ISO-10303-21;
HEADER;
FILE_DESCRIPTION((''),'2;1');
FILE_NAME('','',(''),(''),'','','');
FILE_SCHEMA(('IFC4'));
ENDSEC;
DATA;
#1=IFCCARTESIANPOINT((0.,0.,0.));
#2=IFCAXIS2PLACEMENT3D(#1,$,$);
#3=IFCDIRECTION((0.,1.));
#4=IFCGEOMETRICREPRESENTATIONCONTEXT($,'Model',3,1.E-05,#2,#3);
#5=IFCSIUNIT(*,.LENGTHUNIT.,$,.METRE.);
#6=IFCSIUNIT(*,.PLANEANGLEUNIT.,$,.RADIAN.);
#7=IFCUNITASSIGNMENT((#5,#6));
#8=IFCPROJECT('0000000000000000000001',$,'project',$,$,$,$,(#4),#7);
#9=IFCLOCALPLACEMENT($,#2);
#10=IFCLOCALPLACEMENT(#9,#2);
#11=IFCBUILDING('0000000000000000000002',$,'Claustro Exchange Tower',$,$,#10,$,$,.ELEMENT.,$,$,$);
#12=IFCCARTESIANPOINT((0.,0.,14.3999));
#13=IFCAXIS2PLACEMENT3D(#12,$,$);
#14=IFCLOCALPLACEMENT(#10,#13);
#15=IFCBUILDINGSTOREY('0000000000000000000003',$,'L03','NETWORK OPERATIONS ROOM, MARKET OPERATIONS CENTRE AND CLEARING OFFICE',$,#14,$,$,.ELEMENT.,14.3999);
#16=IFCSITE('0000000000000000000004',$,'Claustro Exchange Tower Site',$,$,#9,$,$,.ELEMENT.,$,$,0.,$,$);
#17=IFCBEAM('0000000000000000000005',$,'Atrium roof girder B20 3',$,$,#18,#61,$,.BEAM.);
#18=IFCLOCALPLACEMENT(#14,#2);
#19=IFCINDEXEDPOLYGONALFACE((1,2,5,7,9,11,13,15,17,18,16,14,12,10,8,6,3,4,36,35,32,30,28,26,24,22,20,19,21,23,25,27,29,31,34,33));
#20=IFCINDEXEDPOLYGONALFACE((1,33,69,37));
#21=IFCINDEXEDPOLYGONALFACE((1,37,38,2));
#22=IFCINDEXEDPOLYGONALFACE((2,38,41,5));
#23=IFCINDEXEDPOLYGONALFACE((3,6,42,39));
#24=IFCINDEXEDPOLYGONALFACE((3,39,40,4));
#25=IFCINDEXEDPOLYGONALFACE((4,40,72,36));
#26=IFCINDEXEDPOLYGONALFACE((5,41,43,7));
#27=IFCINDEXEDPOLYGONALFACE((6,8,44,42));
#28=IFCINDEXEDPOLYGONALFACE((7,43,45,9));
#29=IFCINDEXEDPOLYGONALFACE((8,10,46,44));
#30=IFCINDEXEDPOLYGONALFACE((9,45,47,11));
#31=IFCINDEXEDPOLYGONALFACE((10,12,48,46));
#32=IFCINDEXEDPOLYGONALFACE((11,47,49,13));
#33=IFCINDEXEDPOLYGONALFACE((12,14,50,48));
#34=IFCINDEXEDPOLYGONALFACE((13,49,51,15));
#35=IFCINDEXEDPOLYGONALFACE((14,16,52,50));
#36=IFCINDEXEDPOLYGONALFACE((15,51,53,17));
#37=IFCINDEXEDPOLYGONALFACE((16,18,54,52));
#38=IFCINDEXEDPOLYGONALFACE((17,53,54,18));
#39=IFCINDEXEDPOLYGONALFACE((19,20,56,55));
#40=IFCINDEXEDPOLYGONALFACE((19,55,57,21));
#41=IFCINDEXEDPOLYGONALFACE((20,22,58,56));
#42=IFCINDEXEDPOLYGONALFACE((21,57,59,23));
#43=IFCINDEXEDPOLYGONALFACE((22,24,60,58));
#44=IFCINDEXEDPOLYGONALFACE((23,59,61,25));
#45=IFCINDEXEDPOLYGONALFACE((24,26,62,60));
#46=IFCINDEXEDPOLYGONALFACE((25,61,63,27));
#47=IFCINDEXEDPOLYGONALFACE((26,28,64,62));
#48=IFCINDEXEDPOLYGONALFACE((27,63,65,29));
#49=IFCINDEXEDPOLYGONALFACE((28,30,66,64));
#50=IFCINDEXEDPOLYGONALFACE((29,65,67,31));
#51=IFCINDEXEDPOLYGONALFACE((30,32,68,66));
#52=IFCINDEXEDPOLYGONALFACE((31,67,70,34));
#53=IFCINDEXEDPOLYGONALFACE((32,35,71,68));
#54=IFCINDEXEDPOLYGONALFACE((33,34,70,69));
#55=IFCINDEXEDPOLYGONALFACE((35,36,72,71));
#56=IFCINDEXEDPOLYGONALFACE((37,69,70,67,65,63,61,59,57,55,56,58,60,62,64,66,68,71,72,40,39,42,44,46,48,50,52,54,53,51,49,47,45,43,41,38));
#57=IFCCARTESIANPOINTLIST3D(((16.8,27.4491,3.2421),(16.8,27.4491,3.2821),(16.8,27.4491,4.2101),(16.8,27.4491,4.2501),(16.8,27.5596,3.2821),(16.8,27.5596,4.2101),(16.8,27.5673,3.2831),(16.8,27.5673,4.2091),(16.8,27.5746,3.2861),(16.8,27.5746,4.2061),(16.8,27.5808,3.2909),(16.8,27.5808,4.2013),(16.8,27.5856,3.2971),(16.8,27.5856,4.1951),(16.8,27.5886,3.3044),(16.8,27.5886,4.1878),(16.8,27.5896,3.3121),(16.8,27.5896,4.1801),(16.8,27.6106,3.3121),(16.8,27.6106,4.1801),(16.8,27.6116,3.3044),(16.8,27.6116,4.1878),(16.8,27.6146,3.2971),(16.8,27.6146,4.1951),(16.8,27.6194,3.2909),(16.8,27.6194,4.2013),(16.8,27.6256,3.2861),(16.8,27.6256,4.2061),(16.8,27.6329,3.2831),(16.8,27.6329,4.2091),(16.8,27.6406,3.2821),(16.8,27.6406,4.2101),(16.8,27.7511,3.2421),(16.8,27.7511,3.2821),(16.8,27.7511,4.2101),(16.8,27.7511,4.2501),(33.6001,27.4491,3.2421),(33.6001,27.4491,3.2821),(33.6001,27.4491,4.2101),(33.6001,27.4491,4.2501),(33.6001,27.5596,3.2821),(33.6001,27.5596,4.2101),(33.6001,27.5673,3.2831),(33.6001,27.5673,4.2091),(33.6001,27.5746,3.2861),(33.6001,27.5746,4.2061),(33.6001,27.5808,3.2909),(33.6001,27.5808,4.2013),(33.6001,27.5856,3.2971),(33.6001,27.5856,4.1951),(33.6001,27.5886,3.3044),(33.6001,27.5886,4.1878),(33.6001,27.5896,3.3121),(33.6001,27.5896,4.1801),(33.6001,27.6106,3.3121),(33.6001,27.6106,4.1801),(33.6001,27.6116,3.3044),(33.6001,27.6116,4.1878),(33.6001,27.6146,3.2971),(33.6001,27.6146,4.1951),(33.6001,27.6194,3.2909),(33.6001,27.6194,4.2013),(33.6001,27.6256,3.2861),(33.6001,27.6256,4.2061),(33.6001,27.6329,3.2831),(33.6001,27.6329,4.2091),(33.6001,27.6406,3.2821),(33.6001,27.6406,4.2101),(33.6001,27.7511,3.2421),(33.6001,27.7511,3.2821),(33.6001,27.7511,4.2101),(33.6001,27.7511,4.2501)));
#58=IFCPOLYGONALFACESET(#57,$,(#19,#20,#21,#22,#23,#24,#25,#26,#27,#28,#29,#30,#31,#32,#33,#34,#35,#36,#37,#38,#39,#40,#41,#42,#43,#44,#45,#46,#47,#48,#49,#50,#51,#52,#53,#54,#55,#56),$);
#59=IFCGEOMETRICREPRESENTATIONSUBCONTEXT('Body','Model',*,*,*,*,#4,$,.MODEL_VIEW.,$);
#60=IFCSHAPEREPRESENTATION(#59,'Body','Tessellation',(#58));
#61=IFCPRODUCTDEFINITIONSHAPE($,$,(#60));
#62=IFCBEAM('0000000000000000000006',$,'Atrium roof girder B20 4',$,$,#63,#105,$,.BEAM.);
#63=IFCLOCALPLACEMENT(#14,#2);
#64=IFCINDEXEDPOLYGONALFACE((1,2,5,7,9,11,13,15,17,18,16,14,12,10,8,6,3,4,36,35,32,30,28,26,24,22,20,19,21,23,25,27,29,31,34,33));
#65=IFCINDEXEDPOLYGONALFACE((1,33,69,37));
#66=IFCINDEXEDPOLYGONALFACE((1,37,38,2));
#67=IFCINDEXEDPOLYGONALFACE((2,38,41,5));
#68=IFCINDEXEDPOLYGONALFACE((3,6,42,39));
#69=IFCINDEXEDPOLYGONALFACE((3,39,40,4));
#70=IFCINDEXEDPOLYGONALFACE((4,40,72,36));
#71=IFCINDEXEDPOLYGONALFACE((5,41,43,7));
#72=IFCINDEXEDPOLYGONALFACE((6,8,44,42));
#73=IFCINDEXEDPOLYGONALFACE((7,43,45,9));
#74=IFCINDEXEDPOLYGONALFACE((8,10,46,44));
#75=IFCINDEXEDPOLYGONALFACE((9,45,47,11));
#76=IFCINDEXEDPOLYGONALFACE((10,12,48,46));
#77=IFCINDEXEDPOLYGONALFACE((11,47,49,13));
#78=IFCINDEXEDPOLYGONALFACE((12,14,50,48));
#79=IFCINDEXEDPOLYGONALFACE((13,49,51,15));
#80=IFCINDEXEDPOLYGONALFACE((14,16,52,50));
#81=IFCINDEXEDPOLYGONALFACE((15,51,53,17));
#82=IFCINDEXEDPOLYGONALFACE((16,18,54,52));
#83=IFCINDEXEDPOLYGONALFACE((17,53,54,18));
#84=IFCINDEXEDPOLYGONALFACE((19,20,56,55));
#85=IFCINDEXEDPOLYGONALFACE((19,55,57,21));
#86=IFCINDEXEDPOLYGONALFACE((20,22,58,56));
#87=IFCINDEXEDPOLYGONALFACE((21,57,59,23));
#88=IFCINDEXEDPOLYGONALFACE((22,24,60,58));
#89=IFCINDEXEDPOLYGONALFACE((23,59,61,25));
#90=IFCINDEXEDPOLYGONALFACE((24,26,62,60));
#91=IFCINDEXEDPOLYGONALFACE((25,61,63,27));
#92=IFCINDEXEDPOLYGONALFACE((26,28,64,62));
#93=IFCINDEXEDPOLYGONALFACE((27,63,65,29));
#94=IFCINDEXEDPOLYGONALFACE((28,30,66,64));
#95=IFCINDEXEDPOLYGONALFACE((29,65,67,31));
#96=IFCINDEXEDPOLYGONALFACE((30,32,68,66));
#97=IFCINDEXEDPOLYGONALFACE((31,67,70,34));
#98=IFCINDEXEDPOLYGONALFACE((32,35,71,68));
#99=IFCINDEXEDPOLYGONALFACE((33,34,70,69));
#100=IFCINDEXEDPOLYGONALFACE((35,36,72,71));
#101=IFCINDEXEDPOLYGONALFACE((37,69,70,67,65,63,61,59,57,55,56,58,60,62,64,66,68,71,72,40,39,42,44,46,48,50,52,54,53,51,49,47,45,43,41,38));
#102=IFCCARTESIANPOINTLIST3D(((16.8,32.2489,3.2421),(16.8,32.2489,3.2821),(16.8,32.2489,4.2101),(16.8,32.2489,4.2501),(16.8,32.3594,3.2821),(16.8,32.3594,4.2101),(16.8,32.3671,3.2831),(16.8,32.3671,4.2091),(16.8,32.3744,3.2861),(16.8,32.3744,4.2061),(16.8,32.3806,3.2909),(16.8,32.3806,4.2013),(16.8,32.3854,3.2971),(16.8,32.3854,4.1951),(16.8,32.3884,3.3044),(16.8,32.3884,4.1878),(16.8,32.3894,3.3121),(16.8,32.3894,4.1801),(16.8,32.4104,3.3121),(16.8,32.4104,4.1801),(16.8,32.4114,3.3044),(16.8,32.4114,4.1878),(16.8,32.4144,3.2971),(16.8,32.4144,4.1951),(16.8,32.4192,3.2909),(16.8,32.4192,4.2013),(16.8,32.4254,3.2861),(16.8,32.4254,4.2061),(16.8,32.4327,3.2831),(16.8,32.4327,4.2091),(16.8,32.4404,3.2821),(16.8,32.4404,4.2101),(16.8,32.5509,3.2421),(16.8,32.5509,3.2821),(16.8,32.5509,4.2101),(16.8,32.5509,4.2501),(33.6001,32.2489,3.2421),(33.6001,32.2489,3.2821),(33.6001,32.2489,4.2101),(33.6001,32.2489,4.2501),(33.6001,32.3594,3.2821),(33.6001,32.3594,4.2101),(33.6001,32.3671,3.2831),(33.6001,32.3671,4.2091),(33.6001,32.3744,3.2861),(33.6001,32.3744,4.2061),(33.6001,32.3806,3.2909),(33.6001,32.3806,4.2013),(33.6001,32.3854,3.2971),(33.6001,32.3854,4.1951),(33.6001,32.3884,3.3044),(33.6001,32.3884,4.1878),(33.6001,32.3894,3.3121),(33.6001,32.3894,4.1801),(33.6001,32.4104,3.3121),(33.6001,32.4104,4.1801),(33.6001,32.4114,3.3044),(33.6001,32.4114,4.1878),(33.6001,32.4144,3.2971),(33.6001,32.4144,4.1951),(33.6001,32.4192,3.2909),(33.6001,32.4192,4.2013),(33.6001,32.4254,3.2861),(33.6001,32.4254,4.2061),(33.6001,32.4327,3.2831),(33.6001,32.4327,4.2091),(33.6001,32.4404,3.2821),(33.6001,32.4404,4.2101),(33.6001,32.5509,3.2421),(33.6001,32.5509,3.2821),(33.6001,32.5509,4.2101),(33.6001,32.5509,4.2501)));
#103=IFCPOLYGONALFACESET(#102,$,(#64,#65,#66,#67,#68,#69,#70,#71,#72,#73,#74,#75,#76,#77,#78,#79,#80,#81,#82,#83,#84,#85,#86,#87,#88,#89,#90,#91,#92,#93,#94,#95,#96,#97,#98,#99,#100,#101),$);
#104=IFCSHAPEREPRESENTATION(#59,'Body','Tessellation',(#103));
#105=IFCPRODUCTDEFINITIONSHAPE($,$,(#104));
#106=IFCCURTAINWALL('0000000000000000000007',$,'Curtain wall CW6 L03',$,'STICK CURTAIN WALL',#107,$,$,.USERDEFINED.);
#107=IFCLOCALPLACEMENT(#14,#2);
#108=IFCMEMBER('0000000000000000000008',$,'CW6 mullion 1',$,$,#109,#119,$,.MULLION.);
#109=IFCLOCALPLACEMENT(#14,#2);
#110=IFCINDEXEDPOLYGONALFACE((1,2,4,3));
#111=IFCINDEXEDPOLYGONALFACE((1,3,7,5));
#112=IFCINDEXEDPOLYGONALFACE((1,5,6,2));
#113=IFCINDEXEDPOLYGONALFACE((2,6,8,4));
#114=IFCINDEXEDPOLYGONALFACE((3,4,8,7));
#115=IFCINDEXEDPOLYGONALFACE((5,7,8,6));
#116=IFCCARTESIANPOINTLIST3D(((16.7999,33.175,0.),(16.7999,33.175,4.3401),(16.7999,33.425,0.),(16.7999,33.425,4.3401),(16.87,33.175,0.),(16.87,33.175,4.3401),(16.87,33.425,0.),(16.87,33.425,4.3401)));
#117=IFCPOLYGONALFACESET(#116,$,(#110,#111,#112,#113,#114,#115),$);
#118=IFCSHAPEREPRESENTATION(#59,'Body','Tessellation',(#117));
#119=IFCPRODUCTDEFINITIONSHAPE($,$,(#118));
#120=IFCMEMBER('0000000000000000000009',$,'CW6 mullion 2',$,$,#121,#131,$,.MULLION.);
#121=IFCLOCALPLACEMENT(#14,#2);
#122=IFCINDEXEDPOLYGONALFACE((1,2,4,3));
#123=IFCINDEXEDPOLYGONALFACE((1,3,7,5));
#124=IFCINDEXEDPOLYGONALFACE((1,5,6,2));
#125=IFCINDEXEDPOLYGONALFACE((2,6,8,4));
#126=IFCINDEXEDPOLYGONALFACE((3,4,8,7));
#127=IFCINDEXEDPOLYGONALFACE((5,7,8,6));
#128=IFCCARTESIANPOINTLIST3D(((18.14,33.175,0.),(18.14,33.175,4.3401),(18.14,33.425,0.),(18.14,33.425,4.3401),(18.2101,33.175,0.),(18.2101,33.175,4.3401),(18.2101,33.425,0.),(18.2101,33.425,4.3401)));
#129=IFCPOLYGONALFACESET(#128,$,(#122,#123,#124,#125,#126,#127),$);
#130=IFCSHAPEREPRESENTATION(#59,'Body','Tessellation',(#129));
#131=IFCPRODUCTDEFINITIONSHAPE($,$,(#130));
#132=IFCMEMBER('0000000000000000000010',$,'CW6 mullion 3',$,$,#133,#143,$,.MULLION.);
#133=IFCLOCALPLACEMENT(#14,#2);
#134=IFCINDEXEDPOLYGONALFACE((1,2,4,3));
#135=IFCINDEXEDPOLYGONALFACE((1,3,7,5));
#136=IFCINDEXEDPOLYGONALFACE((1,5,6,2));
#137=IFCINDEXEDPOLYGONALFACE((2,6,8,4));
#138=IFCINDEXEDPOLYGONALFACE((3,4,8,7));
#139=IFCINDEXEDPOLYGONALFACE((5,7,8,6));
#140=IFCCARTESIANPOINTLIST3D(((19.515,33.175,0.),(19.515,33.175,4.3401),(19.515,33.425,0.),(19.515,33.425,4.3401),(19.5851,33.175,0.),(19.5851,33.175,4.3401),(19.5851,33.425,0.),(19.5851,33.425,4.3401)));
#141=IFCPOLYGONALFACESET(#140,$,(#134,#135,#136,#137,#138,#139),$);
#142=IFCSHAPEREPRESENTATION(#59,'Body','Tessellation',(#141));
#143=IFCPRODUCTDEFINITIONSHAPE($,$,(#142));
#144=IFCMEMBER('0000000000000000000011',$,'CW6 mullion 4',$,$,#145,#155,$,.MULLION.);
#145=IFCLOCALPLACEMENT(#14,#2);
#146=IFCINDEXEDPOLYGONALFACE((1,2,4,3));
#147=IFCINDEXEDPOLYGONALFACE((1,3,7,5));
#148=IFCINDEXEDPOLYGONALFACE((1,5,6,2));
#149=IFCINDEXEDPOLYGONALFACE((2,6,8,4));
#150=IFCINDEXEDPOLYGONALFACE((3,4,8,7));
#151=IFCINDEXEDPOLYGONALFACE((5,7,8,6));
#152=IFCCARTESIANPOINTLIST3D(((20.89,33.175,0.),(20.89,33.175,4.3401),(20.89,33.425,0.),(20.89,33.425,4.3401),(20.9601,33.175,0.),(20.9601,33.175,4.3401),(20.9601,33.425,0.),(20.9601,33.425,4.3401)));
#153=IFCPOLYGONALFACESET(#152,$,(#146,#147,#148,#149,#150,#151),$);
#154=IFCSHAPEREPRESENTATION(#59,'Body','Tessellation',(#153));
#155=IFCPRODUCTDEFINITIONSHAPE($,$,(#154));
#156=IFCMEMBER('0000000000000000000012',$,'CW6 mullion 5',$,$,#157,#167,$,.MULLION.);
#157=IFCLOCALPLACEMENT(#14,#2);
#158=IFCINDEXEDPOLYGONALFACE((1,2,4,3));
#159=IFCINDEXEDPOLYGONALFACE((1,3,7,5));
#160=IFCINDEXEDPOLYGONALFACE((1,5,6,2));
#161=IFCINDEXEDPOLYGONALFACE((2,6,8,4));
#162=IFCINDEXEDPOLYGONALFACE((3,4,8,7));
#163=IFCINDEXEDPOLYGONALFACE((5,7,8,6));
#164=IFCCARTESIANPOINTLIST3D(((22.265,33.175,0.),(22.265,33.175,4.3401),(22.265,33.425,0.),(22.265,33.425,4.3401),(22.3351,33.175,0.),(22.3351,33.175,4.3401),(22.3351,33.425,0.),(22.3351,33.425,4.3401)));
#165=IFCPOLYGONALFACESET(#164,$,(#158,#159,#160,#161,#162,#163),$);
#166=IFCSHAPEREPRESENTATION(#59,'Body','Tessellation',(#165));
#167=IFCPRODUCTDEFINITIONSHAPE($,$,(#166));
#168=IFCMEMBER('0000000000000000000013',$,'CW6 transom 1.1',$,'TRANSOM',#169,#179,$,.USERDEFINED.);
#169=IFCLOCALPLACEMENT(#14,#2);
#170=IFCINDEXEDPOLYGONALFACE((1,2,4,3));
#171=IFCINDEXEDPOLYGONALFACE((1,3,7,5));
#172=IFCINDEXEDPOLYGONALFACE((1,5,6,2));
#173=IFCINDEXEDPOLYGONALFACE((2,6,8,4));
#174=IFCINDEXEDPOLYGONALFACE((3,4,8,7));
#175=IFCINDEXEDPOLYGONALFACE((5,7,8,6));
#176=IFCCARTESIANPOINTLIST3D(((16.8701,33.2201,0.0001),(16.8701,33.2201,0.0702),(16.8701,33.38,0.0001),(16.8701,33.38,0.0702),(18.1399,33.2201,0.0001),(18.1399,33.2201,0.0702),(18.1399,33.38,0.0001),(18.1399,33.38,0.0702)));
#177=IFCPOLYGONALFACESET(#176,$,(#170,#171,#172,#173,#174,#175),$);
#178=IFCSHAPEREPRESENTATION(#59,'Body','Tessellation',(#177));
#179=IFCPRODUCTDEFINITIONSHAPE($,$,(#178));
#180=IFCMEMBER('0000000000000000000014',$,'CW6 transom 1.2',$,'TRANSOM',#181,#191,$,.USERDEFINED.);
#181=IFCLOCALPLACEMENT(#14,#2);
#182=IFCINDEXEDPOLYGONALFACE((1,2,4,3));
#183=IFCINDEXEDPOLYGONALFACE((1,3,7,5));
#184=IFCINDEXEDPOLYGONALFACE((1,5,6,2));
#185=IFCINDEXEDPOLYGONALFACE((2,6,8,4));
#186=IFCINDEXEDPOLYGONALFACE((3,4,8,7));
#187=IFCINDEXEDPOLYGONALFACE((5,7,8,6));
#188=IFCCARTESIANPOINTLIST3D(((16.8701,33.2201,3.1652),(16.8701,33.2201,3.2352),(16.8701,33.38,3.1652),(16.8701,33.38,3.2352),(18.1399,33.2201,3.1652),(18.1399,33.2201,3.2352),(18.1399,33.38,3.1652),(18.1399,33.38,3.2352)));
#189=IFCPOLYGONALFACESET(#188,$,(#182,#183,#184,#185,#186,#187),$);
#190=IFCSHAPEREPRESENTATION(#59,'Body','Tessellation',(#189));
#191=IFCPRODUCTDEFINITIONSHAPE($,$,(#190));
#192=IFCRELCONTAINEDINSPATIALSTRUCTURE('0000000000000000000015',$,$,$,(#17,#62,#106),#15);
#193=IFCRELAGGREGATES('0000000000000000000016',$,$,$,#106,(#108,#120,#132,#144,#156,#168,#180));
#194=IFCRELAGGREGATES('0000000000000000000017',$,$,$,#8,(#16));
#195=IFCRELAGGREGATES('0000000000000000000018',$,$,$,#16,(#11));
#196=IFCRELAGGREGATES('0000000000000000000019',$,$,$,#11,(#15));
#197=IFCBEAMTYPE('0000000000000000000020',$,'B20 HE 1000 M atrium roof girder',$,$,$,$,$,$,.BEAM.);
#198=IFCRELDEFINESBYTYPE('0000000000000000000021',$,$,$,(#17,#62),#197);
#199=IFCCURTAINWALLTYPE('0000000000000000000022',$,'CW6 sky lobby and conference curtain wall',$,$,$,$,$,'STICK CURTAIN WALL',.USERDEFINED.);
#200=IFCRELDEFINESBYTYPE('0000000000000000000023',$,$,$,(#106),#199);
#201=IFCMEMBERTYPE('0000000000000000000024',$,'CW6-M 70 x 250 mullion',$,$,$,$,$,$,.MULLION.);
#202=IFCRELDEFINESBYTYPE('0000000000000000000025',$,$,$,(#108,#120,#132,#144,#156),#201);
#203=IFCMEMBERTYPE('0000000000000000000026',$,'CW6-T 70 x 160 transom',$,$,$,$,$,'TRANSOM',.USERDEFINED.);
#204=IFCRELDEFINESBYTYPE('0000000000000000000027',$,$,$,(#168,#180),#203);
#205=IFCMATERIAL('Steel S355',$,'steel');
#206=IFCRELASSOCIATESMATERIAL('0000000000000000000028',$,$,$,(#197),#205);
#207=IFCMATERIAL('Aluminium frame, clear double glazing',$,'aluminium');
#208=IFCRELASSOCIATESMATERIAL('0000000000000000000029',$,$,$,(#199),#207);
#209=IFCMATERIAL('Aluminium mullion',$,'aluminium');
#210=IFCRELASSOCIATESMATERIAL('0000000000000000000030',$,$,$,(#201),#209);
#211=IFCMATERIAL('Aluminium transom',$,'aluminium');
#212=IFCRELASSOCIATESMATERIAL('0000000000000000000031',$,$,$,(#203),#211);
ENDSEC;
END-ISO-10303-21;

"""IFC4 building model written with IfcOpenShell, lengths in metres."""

from ifc_helpers import new_model, si_unit, direction, frame, origin, origin_2d, place, context, subcontext, project, spatial, rectangle, i_section, extrude, material, material_profile, profile_set, type_object, element, aggregate, save


model = new_model("IFC4")

# Units and contexts
model_context = context("Model", 3, precision=1e-05, world=origin(), true_north=direction((0.0, 1.0)))
body_context = subcontext(model_context, "Body", "Model", "MODEL_VIEW")
ifc_project = project(units=[si_unit("LENGTHUNIT", "METRE"), si_unit("PLANEANGLEUNIT", "RADIAN")], contexts=[model_context])

# Site, building, storey
site_placement = place(None, origin())
site = spatial("IfcSite", under=ifc_project, at=site_placement, Name="Claustro Exchange Tower Site", CompositionType="ELEMENT", RefElevation=0.0)
building_placement = place(site_placement, origin())
building = spatial("IfcBuilding", under=site, at=building_placement, Name="Claustro Exchange Tower", CompositionType="ELEMENT")
storey_placement = place(building_placement, frame((0.0, 0.0, 14.3999)))
storey = spatial("IfcBuildingStorey", under=building, at=storey_placement, Name="L03", Description="NETWORK OPERATIONS ROOM, MARKET OPERATIONS CENTRE AND CLEARING OFFICE", CompositionType="ELEMENT", Elevation=14.3999)

# Beams
ifc_material_1 = material(Name="Steel S355", Category="steel")
ifc_material_profile_1 = material_profile(ifc_material_1, i_section(OverallWidth=0.302, OverallDepth=1.0081, WebThickness=0.021, FlangeThickness=0.04, FilletRadius=0.03, at=origin_2d()), Name="HE 1000 M")
ifc_profile_set_1 = profile_set([ifc_material_profile_1], Name="Steel S355")
beam_type_1 = type_object("IfcBeamType", Name="B20 HE 1000 M atrium roof girder", PredefinedType="BEAM", material=ifc_profile_set_1)
for number, where, z_axis, x_axis, name in (
    (1, (16.8, 27.6001, 3.7461), (1.0, 0.0, 0.0), (0.0, 1.0, 0.0), "Atrium roof girder B20 3"),
    (2, (16.8, 32.3999, 3.7461), (1.0, 0.0, 0.0), (0.0, 1.0, 0.0), "Atrium roof girder B20 4"),
):
    element("IfcBeam", number, at=place(storey_placement, frame(where, z_axis=z_axis, x_axis=x_axis)), inside=storey, type_object=beam_type_1, Name=name, PredefinedType="BEAM", context=body_context, shape_type="SweptSolid", body=[
        extrude(i_section(OverallWidth=0.302, OverallDepth=1.0081, WebThickness=0.021, FlangeThickness=0.04, FilletRadius=0.03, at=origin_2d()), origin(), (0.0, 0.0, 1.0), 16.8),
    ])

# Curtain wall, members
ifc_material_2 = material(Name="Aluminium frame, clear double glazing", Category="aluminium")
curtain_wall_type = type_object("IfcCurtainWallType", Name="CW6 sky lobby and conference curtain wall", ElementType="STICK CURTAIN WALL", PredefinedType="USERDEFINED", material=ifc_material_2)
curtain_wall_placement = place(storey_placement, origin())
curtain_wall = element("IfcCurtainWall", 3, at=curtain_wall_placement, inside=storey, type_object=curtain_wall_type, Name="Curtain wall CW6 L03", ObjectType="STICK CURTAIN WALL", PredefinedType="USERDEFINED")
ifc_material_3 = material(Name="Aluminium mullion", Category="aluminium")
ifc_material_profile_2 = material_profile(ifc_material_3, rectangle(XDim=0.25, YDim=0.0701, at=origin_2d()), Name="CW6-M 70x250")
ifc_profile_set_2 = profile_set([ifc_material_profile_2], Name="Aluminium mullion")
member_type_1 = type_object("IfcMemberType", Name="CW6-M 70 x 250 mullion", PredefinedType="MULLION", material=ifc_profile_set_2)
member_1_placement = place(storey_placement, frame((16.835, 33.3, 0.0), z_axis=(0.0, 0.0, 1.0), x_axis=(0.0, 1.0, 0.0)))
member_1 = element("IfcMember", 4, at=member_1_placement, type_object=member_type_1, Name="CW6 mullion 1", PredefinedType="MULLION", context=body_context, shape_type="SweptSolid", body=[
    extrude(rectangle(XDim=0.25, YDim=0.0701, at=origin_2d()), origin(), (0.0, 0.0, 1.0), 4.3401),
])
member_2_placement = place(storey_placement, frame((18.175, 33.3, 0.0), z_axis=(0.0, 0.0, 1.0), x_axis=(0.0, 1.0, 0.0)))
member_2 = element("IfcMember", 5, at=member_2_placement, type_object=member_type_1, Name="CW6 mullion 2", PredefinedType="MULLION", context=body_context, shape_type="SweptSolid", body=[
    extrude(rectangle(XDim=0.25, YDim=0.0701, at=origin_2d()), origin(), (0.0, 0.0, 1.0), 4.3401),
])
member_3_placement = place(storey_placement, frame((19.55, 33.3, 0.0), z_axis=(0.0, 0.0, 1.0), x_axis=(0.0, 1.0, 0.0)))
member_3 = element("IfcMember", 6, at=member_3_placement, type_object=member_type_1, Name="CW6 mullion 3", PredefinedType="MULLION", context=body_context, shape_type="SweptSolid", body=[
    extrude(rectangle(XDim=0.25, YDim=0.0701, at=origin_2d()), origin(), (0.0, 0.0, 1.0), 4.3401),
])
member_4_placement = place(storey_placement, frame((20.925, 33.3, 0.0), z_axis=(0.0, 0.0, 1.0), x_axis=(0.0, 1.0, 0.0)))
member_4 = element("IfcMember", 7, at=member_4_placement, type_object=member_type_1, Name="CW6 mullion 4", PredefinedType="MULLION", context=body_context, shape_type="SweptSolid", body=[
    extrude(rectangle(XDim=0.25, YDim=0.0701, at=origin_2d()), origin(), (0.0, 0.0, 1.0), 4.3401),
])
member_5_placement = place(storey_placement, frame((22.3, 33.3, 0.0), z_axis=(0.0, 0.0, 1.0), x_axis=(0.0, 1.0, 0.0)))
member_5 = element("IfcMember", 8, at=member_5_placement, type_object=member_type_1, Name="CW6 mullion 5", PredefinedType="MULLION", context=body_context, shape_type="SweptSolid", body=[
    extrude(rectangle(XDim=0.25, YDim=0.0701, at=origin_2d()), origin(), (0.0, 0.0, 1.0), 4.3401),
])
ifc_material_4 = material(Name="Aluminium transom", Category="aluminium")
ifc_material_profile_3 = material_profile(ifc_material_4, rectangle(XDim=0.1599, YDim=0.0701, at=origin_2d()), Name="CW6-T 70x160")
ifc_profile_set_3 = profile_set([ifc_material_profile_3], Name="Aluminium transom")
member_type_2 = type_object("IfcMemberType", Name="CW6-T 70 x 160 transom", ElementType="TRANSOM", PredefinedType="USERDEFINED", material=ifc_profile_set_3)
member_6_placement = place(storey_placement, frame((16.8701, 33.3, 0.0352), z_axis=(1.0, 0.0, 0.0), x_axis=(0.0, 1.0, 0.0)))
member_6 = element("IfcMember", 9, at=member_6_placement, type_object=member_type_2, Name="CW6 transom 1.1", ObjectType="TRANSOM", PredefinedType="USERDEFINED", context=body_context, shape_type="SweptSolid", body=[
    extrude(rectangle(XDim=0.1599, YDim=0.0701, at=origin_2d()), origin(), (0.0, 0.0, 1.0), 1.2698),
])
member_7_placement = place(storey_placement, frame((16.8701, 33.3, 3.2002), z_axis=(1.0, 0.0, 0.0), x_axis=(0.0, 1.0, 0.0)))
member_7 = element("IfcMember", 10, at=member_7_placement, type_object=member_type_2, Name="CW6 transom 1.2", ObjectType="TRANSOM", PredefinedType="USERDEFINED", context=body_context, shape_type="SweptSolid", body=[
    extrude(rectangle(XDim=0.1599, YDim=0.0701, at=origin_2d()), origin(), (0.0, 0.0, 1.0), 1.2698),
])
aggregate(curtain_wall, [member_1, member_2, member_3, member_4, member_5, member_6, member_7])

save(model, "model.ifc")
